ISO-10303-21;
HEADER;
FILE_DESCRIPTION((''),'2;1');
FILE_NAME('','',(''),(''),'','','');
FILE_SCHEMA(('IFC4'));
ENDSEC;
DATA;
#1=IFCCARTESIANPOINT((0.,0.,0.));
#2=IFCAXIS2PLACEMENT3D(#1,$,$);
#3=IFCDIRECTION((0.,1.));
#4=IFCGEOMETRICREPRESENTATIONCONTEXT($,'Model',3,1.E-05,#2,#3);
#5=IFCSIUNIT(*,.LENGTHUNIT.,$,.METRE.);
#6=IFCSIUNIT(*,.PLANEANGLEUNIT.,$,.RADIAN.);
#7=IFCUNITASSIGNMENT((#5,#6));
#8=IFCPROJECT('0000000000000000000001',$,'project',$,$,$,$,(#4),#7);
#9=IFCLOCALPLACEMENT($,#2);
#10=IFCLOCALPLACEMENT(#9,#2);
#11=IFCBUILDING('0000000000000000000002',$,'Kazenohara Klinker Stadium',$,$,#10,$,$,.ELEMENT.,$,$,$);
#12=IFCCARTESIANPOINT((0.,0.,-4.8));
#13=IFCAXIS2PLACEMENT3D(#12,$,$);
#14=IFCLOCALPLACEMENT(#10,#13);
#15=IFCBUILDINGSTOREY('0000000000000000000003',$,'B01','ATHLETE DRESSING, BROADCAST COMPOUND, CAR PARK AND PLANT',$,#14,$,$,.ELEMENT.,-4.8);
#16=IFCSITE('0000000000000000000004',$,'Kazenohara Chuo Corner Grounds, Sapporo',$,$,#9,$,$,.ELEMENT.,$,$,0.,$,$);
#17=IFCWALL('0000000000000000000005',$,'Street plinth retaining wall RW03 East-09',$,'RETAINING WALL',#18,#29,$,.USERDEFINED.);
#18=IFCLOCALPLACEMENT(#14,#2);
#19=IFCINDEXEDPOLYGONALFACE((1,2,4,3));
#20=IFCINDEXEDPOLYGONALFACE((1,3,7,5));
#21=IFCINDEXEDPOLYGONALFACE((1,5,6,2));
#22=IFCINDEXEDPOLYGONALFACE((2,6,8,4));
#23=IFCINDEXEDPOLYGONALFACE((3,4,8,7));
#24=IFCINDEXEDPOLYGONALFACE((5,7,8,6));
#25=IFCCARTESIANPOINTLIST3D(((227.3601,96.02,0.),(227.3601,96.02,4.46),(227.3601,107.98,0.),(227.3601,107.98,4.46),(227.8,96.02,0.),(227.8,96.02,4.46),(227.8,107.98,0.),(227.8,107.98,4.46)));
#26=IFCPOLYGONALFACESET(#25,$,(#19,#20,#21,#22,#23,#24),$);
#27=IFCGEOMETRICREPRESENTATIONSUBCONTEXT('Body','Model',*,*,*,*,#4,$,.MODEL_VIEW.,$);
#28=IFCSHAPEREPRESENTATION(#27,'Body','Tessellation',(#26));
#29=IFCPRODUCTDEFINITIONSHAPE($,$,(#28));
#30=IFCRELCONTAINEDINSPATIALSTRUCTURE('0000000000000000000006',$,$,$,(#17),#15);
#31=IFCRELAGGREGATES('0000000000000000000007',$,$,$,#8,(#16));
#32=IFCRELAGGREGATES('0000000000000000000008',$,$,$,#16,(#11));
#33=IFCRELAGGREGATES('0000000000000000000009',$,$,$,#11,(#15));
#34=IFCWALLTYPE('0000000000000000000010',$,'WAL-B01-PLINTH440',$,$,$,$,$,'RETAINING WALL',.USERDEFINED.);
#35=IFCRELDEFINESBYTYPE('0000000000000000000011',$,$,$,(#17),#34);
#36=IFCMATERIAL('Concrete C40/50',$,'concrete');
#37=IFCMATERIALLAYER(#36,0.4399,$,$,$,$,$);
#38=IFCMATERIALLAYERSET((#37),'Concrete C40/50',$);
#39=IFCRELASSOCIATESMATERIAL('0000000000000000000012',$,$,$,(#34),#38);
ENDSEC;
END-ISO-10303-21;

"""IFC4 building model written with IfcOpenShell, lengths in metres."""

from ifc_helpers import new_model, si_unit, direction, frame, frame_2d, origin, place, context, subcontext, project, spatial, rectangle, extrude, material, layer, layer_set, type_object, element, save


model = new_model("IFC4")

# Units and contexts
model_context = context("Model", 3, precision=1e-05, world=origin(), true_north=direction((0.0, 1.0)))
body_context = subcontext(model_context, "Body", "Model", "MODEL_VIEW")
ifc_project = project(units=[si_unit("LENGTHUNIT", "METRE"), si_unit("PLANEANGLEUNIT", "RADIAN")], contexts=[model_context])

# Site, building, storey
site_placement = place(None, origin())
site = spatial("IfcSite", under=ifc_project, at=site_placement, Name="Kazenohara Chuo Corner Grounds, Sapporo", CompositionType="ELEMENT", RefElevation=0.0)
building_placement = place(site_placement, origin())
building = spatial("IfcBuilding", under=site, at=building_placement, Name="Kazenohara Klinker Stadium", CompositionType="ELEMENT")
storey_placement = place(building_placement, frame((0.0, 0.0, -4.8)))
storey = spatial("IfcBuildingStorey", under=building, at=storey_placement, Name="B01", Description="ATHLETE DRESSING, BROADCAST COMPOUND, CAR PARK AND PLANT", CompositionType="ELEMENT", Elevation=-4.8)

# Shared definitions
ifc_material_1 = material(Name="Concrete C40/50", Category="concrete")

# Wall
ifc_layer = layer(ifc_material_1, 0.4399)
ifc_layer_set = layer_set([ifc_layer], Name="Concrete C40/50")
wall_type = type_object("IfcWallType", Name="WAL-B01-PLINTH440", ElementType="RETAINING WALL", PredefinedType="USERDEFINED", material=ifc_layer_set)
wall_placement = place(storey_placement, frame((227.5801, 96.02, 0.0), z_axis=(0.0, 0.0, 1.0), x_axis=(0.0, 1.0, 0.0)))
element("IfcWall", 1, at=wall_placement, inside=storey, type_object=wall_type, Name="Street plinth retaining wall RW03 East-09", ObjectType="RETAINING WALL", PredefinedType="USERDEFINED", context=body_context, shape_type="SweptSolid", body=[
    extrude(rectangle(XDim=11.96, YDim=0.4399, at=frame_2d((5.98, 0.0))), origin(), (0.0, 0.0, 1.0), 4.46),
])

save(model, "model.ifc")
